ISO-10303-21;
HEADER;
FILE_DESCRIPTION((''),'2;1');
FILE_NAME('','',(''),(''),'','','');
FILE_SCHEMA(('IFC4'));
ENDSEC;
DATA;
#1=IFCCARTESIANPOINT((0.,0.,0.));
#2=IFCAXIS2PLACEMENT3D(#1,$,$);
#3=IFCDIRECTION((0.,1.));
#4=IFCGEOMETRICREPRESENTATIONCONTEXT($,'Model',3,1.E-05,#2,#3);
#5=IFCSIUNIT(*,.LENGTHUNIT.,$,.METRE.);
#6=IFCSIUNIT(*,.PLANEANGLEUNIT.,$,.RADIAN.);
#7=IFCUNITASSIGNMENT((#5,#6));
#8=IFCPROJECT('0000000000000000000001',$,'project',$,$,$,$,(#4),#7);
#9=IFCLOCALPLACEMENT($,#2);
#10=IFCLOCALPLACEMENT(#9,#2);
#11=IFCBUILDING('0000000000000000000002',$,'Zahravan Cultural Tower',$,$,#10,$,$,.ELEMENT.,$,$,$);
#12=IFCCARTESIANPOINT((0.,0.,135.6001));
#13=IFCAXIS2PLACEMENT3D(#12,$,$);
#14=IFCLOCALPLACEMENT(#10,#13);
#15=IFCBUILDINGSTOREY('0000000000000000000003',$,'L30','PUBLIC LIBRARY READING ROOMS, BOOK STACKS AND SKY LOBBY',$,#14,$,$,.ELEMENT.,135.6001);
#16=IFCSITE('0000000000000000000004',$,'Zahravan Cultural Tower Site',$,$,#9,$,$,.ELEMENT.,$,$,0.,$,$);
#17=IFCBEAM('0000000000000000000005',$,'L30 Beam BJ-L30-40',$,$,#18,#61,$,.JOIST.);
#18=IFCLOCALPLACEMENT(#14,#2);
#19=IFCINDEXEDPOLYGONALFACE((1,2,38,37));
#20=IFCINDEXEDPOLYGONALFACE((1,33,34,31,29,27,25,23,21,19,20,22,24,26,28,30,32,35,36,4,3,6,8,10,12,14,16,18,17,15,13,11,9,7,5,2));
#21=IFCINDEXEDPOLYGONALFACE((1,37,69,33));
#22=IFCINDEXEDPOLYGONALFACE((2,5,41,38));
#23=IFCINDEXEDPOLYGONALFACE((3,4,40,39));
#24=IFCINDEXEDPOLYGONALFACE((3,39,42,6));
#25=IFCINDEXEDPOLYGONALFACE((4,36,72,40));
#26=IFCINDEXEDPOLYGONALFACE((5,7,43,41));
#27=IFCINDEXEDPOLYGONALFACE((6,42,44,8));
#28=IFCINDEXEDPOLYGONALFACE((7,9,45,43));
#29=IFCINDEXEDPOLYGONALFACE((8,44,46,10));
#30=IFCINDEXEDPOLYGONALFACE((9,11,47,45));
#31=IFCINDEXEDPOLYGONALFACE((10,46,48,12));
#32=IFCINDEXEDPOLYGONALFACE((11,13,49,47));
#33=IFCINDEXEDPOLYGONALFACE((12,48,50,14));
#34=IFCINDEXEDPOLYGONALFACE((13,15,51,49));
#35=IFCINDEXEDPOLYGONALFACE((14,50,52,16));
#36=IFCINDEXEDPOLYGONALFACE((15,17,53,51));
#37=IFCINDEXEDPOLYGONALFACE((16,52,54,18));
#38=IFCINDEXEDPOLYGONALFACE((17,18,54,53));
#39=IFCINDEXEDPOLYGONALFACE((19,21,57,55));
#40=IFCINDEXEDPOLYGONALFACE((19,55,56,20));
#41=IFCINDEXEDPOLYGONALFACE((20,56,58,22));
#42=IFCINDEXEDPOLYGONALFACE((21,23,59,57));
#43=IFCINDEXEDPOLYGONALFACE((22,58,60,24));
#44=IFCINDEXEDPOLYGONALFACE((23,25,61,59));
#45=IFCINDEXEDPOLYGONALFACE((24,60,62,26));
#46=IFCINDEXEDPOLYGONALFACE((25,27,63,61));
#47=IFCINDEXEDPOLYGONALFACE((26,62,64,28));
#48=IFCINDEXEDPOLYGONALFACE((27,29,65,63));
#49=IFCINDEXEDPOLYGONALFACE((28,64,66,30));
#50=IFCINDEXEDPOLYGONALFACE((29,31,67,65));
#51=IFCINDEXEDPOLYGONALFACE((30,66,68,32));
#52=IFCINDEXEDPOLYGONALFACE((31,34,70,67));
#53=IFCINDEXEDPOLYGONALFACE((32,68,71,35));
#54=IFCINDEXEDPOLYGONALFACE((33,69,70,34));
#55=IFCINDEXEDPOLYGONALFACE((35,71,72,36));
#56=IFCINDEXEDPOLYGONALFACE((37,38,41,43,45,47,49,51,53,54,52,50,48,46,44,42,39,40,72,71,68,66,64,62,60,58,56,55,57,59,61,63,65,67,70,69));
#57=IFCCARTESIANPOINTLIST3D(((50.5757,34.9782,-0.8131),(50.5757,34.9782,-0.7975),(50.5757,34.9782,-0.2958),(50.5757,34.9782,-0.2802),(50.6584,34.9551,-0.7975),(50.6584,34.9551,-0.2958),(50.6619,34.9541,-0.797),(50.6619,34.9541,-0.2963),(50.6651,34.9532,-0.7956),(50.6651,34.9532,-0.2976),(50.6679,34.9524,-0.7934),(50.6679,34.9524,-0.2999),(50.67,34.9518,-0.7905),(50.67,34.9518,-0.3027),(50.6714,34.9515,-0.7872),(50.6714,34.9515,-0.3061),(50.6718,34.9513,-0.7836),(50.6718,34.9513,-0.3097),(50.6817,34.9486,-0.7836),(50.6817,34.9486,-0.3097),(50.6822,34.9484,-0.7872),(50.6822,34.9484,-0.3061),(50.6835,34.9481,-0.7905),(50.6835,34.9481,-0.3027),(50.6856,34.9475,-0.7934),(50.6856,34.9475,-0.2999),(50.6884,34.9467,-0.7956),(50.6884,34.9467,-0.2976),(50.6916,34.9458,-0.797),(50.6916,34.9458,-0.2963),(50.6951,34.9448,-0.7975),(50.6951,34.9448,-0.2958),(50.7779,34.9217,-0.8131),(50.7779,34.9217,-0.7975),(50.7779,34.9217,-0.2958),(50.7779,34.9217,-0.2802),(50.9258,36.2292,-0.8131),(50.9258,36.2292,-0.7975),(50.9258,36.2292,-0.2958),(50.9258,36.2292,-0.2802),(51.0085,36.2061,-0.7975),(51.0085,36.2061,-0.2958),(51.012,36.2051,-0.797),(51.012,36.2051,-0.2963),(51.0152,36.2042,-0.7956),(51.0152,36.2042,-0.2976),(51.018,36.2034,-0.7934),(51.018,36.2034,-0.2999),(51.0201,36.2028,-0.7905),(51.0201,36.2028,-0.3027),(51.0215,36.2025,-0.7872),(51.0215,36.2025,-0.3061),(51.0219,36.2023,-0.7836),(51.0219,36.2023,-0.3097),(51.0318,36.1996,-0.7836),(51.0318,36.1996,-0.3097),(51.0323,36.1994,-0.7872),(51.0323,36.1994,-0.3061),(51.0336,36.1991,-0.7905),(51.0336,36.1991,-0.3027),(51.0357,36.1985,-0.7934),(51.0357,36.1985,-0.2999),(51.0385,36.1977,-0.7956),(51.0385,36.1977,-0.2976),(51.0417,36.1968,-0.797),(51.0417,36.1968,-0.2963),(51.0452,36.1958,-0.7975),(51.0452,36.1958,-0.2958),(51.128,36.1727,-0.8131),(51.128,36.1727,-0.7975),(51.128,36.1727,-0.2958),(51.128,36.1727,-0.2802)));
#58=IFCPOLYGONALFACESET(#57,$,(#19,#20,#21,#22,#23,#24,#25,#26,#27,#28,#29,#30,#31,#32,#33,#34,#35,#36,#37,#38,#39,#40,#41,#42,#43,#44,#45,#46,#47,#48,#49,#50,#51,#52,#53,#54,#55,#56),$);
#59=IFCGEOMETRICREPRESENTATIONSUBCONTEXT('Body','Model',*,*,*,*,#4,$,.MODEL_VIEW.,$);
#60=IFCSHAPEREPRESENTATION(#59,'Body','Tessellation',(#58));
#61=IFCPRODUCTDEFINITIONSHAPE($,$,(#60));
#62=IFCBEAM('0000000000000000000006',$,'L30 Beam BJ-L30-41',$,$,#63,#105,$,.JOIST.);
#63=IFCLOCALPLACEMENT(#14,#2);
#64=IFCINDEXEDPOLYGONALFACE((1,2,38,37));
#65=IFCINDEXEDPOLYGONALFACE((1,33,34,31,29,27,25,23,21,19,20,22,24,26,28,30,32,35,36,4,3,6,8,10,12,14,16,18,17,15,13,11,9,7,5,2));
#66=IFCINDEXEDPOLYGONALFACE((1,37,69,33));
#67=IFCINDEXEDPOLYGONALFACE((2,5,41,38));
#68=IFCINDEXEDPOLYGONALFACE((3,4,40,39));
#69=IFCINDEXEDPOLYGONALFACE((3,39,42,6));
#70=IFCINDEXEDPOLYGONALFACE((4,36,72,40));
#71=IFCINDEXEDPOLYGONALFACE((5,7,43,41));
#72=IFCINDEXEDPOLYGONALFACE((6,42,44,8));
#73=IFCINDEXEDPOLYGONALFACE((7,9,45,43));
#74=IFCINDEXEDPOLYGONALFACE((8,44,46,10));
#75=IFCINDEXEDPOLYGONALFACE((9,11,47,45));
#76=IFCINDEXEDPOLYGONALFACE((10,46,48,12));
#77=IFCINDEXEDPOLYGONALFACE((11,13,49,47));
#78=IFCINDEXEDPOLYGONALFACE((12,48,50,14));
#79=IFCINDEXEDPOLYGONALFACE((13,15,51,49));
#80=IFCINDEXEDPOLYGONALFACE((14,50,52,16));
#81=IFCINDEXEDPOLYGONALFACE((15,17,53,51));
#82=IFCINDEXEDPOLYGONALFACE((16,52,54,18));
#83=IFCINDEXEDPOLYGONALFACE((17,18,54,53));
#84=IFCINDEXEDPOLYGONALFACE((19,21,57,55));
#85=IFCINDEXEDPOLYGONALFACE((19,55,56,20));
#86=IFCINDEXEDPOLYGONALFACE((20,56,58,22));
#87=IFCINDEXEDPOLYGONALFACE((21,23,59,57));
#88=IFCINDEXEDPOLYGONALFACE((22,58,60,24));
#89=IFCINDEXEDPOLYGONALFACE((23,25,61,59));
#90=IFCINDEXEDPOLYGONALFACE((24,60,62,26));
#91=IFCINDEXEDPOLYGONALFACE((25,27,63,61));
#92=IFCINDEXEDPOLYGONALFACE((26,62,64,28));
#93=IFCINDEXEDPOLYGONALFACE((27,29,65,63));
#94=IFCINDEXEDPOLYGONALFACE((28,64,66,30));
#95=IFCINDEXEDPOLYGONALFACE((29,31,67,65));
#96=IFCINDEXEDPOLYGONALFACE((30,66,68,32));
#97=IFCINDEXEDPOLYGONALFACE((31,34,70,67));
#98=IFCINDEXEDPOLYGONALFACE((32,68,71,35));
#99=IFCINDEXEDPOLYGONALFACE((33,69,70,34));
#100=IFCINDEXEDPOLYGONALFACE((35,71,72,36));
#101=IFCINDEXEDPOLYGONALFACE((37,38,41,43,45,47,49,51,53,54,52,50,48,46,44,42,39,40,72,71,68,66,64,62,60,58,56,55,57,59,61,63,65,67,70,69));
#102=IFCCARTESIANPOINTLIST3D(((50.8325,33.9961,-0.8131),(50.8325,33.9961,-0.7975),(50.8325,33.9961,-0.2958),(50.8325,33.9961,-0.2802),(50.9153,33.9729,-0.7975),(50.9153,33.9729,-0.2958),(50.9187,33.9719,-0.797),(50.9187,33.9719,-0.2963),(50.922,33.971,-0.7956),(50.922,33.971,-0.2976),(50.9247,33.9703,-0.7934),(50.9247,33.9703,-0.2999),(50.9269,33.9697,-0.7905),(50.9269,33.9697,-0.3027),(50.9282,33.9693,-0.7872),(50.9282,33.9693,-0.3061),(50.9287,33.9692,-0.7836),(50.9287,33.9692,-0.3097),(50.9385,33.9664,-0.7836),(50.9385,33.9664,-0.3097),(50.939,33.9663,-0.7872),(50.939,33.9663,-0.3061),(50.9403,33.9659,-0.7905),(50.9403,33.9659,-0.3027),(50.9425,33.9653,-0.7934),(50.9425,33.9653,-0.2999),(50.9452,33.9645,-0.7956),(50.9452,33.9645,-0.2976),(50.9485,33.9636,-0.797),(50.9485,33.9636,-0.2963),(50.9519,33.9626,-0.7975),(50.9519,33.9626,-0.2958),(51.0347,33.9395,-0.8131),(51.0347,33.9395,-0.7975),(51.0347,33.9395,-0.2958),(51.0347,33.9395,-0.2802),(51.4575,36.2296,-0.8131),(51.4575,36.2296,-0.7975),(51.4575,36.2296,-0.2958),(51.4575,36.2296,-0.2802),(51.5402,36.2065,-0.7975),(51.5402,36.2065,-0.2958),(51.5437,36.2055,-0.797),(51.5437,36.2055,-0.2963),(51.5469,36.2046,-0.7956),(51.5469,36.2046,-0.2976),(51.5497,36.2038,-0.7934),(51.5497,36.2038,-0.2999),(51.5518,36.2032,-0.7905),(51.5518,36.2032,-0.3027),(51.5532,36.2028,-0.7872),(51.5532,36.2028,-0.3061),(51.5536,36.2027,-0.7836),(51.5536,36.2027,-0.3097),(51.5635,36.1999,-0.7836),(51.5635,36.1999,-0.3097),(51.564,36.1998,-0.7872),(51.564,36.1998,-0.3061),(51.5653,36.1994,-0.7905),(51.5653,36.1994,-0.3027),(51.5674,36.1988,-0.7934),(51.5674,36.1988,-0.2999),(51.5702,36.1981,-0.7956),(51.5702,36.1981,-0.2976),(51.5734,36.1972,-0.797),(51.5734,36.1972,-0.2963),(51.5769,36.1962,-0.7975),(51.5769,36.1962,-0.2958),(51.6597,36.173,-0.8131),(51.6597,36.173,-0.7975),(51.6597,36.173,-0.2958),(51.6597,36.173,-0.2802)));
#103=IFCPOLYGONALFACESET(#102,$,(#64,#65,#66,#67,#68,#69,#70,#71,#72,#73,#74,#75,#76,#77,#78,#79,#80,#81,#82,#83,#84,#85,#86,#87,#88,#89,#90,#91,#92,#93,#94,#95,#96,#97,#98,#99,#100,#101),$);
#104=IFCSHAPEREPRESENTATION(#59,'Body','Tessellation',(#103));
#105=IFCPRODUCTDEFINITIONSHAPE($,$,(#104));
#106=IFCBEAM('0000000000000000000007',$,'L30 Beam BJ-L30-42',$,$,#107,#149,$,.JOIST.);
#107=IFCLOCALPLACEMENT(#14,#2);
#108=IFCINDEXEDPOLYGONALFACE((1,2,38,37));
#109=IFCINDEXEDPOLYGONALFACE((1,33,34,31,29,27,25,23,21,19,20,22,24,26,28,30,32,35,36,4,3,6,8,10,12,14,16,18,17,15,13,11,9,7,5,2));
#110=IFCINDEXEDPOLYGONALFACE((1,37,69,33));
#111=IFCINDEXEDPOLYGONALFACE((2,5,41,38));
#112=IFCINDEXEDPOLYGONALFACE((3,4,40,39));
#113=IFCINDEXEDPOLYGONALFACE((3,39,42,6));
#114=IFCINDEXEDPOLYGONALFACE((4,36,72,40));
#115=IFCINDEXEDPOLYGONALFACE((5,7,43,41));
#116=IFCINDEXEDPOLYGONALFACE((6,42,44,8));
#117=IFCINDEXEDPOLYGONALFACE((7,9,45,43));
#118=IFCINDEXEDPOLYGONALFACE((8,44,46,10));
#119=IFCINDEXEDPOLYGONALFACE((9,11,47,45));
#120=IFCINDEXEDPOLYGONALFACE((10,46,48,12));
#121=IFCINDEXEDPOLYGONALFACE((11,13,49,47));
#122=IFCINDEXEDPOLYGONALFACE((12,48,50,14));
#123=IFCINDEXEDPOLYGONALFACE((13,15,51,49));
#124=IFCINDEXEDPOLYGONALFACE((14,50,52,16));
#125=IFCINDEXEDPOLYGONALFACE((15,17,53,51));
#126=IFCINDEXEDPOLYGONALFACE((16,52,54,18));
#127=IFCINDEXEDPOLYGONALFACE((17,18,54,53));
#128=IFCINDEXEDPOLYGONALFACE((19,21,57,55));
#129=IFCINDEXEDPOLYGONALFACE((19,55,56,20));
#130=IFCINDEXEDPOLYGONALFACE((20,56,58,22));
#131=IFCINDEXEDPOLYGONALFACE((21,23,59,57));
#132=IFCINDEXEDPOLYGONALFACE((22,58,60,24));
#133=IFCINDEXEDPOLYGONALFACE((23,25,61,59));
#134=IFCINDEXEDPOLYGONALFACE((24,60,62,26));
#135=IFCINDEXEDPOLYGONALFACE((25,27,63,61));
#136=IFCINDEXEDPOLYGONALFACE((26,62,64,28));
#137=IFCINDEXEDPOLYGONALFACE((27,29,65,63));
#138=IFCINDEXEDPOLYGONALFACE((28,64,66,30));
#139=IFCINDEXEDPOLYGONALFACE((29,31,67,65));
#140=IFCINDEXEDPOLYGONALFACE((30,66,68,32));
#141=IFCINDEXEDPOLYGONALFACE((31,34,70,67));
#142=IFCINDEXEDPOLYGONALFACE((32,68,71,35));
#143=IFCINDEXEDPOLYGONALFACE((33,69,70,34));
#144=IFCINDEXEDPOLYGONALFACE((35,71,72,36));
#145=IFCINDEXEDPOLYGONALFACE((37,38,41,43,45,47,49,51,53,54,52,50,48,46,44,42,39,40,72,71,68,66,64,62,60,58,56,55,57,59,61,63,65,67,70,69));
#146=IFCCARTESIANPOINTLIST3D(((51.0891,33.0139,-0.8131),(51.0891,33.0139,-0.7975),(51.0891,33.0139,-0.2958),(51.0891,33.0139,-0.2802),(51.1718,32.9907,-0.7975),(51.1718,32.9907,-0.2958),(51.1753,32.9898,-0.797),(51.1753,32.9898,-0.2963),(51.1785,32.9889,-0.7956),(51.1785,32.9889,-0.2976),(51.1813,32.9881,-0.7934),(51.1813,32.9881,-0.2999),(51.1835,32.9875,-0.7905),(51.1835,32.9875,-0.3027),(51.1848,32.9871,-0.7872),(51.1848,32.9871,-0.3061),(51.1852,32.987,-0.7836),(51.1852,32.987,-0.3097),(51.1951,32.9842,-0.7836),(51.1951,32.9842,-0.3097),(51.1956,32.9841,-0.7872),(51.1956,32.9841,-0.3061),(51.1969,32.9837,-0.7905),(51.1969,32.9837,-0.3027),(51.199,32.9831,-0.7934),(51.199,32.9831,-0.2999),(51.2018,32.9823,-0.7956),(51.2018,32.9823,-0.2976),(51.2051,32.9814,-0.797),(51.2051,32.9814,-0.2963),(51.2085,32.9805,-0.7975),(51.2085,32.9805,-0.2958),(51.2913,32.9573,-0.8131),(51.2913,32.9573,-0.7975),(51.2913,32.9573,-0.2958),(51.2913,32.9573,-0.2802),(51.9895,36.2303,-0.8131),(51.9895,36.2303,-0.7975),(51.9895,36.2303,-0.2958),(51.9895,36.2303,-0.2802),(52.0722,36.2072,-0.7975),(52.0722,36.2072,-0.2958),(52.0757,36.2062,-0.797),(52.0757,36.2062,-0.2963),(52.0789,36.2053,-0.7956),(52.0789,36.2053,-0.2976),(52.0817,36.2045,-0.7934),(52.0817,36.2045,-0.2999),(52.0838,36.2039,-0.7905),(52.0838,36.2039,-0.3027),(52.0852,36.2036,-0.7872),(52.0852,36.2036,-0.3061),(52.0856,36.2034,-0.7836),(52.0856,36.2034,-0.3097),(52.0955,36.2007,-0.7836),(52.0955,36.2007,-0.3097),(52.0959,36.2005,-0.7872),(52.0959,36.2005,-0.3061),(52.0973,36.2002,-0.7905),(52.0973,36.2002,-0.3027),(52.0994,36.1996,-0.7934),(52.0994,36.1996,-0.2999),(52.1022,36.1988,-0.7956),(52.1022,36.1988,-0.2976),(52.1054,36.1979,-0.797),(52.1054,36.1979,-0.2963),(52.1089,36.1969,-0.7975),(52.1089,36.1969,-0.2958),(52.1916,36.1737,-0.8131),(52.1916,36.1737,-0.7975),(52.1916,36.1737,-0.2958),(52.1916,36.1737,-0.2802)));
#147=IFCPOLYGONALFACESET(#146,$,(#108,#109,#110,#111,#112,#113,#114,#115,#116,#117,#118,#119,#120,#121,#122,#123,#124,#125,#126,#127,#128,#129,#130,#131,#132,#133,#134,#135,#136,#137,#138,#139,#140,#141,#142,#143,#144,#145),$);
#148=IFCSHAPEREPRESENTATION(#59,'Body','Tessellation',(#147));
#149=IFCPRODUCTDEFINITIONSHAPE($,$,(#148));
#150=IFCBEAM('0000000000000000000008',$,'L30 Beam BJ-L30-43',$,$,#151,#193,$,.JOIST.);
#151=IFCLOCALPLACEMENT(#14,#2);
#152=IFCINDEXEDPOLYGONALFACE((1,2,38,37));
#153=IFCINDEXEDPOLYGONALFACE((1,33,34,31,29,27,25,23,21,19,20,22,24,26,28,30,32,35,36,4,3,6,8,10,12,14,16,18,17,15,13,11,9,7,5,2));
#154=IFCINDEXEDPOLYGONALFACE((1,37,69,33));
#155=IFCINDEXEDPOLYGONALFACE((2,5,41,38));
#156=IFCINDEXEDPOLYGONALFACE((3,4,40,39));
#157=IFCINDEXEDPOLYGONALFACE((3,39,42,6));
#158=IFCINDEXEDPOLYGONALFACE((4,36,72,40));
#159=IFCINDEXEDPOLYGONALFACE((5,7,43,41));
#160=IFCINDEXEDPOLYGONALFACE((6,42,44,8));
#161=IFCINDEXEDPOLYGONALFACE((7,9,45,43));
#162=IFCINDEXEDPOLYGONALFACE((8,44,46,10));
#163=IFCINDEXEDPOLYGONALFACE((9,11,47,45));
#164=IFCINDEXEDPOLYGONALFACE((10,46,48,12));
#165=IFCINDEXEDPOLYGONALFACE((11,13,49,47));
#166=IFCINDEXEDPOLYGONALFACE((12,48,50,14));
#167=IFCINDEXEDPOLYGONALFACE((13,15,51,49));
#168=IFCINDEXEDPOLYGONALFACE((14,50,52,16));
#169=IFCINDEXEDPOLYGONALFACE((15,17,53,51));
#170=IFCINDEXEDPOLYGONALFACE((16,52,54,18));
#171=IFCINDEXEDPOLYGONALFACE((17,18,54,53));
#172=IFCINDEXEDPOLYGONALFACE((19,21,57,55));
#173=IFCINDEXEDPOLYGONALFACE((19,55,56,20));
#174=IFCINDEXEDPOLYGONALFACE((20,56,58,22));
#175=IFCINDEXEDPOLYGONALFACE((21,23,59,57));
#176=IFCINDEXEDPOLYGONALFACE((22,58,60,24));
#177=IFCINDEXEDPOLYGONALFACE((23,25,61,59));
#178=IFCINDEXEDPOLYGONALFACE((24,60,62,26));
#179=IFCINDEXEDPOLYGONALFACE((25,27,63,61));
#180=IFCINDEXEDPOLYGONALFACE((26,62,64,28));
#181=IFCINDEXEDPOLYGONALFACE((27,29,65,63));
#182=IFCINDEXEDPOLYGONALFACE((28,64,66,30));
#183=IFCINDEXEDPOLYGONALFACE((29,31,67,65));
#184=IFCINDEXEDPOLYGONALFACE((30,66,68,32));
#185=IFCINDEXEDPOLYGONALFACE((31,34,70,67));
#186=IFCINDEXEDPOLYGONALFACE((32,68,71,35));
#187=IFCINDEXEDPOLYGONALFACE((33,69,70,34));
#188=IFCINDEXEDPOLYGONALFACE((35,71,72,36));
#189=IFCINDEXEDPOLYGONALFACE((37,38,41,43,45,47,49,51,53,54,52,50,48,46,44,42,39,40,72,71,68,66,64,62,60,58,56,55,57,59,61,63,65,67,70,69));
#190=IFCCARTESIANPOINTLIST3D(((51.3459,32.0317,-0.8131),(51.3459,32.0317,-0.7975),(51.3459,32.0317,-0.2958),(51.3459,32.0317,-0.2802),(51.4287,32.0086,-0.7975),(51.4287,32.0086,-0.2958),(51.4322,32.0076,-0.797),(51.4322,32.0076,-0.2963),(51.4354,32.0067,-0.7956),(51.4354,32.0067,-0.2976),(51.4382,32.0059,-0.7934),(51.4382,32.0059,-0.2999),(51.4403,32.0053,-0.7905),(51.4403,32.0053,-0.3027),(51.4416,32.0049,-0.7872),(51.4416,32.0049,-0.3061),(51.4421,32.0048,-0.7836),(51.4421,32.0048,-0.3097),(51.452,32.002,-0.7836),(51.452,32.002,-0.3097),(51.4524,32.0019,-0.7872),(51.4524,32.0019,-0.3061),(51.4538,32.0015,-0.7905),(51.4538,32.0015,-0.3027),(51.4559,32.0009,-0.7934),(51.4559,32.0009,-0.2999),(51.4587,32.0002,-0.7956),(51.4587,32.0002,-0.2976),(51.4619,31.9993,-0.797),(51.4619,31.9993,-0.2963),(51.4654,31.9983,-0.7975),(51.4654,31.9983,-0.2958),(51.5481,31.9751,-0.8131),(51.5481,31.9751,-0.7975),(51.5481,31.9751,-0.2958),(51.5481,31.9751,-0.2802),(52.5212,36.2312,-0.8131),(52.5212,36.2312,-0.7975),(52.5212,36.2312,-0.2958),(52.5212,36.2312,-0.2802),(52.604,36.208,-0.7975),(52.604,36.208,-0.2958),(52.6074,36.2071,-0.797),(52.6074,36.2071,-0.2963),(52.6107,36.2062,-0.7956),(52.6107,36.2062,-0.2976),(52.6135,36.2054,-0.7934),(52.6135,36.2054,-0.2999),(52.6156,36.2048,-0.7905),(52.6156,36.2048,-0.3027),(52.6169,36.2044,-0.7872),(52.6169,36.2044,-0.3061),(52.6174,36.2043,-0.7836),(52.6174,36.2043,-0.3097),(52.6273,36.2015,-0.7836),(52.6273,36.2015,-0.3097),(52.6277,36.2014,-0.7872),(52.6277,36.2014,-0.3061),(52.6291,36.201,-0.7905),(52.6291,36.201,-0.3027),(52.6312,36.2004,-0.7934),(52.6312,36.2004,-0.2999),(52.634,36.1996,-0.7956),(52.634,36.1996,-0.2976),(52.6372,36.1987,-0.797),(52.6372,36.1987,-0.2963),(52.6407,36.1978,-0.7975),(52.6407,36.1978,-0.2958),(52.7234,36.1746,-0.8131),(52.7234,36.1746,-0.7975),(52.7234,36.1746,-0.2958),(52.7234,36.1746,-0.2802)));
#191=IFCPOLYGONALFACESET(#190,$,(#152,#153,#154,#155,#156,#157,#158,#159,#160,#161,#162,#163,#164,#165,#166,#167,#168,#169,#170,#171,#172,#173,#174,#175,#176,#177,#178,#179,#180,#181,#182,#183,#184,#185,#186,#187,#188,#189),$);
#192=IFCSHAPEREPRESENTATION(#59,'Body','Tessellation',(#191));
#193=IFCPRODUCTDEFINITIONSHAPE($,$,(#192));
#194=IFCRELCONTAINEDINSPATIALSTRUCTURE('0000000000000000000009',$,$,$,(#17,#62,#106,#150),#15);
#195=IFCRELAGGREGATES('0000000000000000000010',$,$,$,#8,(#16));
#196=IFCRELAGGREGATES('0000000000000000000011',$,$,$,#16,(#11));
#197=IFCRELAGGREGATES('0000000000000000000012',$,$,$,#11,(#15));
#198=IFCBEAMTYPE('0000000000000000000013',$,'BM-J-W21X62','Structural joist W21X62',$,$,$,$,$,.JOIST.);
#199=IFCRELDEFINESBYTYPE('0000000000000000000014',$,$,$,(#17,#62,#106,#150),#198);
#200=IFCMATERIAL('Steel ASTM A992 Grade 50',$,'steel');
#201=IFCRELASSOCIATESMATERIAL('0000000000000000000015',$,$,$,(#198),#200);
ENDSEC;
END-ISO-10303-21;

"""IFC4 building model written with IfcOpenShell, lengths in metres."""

from ifc_helpers import new_model, si_unit, direction, frame, origin, origin_2d, place, context, subcontext, project, spatial, i_section, extrude, source, transform, mapped, material, material_profile, profile_set, type_object, element, save


model = new_model("IFC4")

# Units and contexts
model_context = context("Model", 3, precision=1e-05, world=origin(), true_north=direction((0.0, 1.0)))
body_context = subcontext(model_context, "Body", "Model", "MODEL_VIEW")
ifc_project = project(units=[si_unit("LENGTHUNIT", "METRE"), si_unit("PLANEANGLEUNIT", "RADIAN")], contexts=[model_context])

# Site, building, storey
site_placement = place(None, origin())
site = spatial("IfcSite", under=ifc_project, at=site_placement, Name="Zahravan Cultural Tower Site", CompositionType="ELEMENT", RefElevation=0.0)
building_placement = place(site_placement, origin())
building = spatial("IfcBuilding", under=site, at=building_placement, Name="Zahravan Cultural Tower", CompositionType="ELEMENT")
storey_placement = place(building_placement, frame((0.0, 0.0, 135.6001)))
storey = spatial("IfcBuildingStorey", under=building, at=storey_placement, Name="L30", Description="PUBLIC LIBRARY READING ROOMS, BOOK STACKS AND SKY LOBBY", CompositionType="ELEMENT", Elevation=135.6001)

# Shared definitions
ifc_material_1 = material(Name="Steel ASTM A992 Grade 50", Category="steel")

# Beams
ifc_material_profile_1 = material_profile(ifc_material_1, i_section(OverallWidth=0.21, OverallDepth=0.533, WebThickness=0.0103, FlangeThickness=0.0156, FilletRadius=0.0139, at=origin_2d()), Name="W21X62")
ifc_profile_set_1 = profile_set([ifc_material_profile_1], Name="Steel ASTM A992 Grade 50")
beam_type_1 = type_object("IfcBeamType", Name="BM-J-W21X62", Description="Structural joist W21X62", PredefinedType="JOIST", material=ifc_profile_set_1)
shared_shape_1 = source(origin(), body_context, "Body", "SweptSolid", [
    extrude(i_section(OverallWidth=0.21, OverallDepth=0.533, WebThickness=0.0103, FlangeThickness=0.0156, FilletRadius=0.0139, at=origin_2d()), origin(), (0.0, 0.0, 1.0), 1.2991),
])
beam_1_placement = place(storey_placement, frame((50.6768, 34.95, -0.5466), z_axis=(0.269504, 0.962999, 0.0), x_axis=(-0.962999, 0.269504, 0.0)))
element("IfcBeam", 1, at=beam_1_placement, inside=storey, type_object=beam_type_1, Name="L30 Beam BJ-L30-40", PredefinedType="JOIST", context=body_context, shape_type="MappedRepresentation", body=[
    mapped(shared_shape_1, transform((0.0, 0.0, 0.0), x_axis=(1.0, 0.0, 0.0), y_axis=(0.0, 1.0, 0.0), z_axis=(0.0, 0.0, 1.0), scale=1.0)),
])
shared_shape_2 = source(origin(), body_context, "Body", "SweptSolid", [
    extrude(i_section(OverallWidth=0.21, OverallDepth=0.533, WebThickness=0.0103, FlangeThickness=0.0156, FilletRadius=0.0139, at=origin_2d()), origin(), (0.0, 0.0, 1.0), 2.3193),
])
beam_2_placement = place(storey_placement, frame((50.9336, 33.9678, -0.5466), z_axis=(0.269462, 0.963011, 0.0), x_axis=(-0.963011, 0.269462, 0.0)))
element("IfcBeam", 2, at=beam_2_placement, inside=storey, type_object=beam_type_1, Name="L30 Beam BJ-L30-41", PredefinedType="JOIST", context=body_context, shape_type="MappedRepresentation", body=[
    mapped(shared_shape_2, transform((0.0, 0.0, 0.0), x_axis=(1.0, 0.0, 0.0), y_axis=(0.0, 1.0, 0.0), z_axis=(0.0, 0.0, 1.0), scale=1.0)),
])
shared_shape_3 = source(origin(), body_context, "Body", "SweptSolid", [
    extrude(i_section(OverallWidth=0.21, OverallDepth=0.533, WebThickness=0.0103, FlangeThickness=0.0156, FilletRadius=0.0139, at=origin_2d()), origin(), (0.0, 0.0, 1.0), 3.3401),
])
beam_3_placement = place(storey_placement, frame((51.1902, 32.9856, -0.5466), z_axis=(0.269562, 0.962983, 0.0), x_axis=(-0.962983, 0.269562, 0.0)))
element("IfcBeam", 3, at=beam_3_placement, inside=storey, type_object=beam_type_1, Name="L30 Beam BJ-L30-42", PredefinedType="JOIST", context=body_context, shape_type="MappedRepresentation", body=[
    mapped(shared_shape_3, transform((0.0, 0.0, 0.0), x_axis=(1.0, 0.0, 0.0), y_axis=(0.0, 1.0, 0.0), z_axis=(0.0, 0.0, 1.0), scale=1.0)),
])
shared_shape_4 = source(origin(), body_context, "Body", "SweptSolid", [
    extrude(i_section(OverallWidth=0.21, OverallDepth=0.533, WebThickness=0.0103, FlangeThickness=0.0156, FilletRadius=0.0139, at=origin_2d()), origin(), (0.0, 0.0, 1.0), 4.3608),
])
beam_4_placement = place(storey_placement, frame((51.447, 32.0034, -0.5466), z_axis=(0.269512, 0.962997, 0.0), x_axis=(-0.962997, 0.269512, 0.0)))
element("IfcBeam", 4, at=beam_4_placement, inside=storey, type_object=beam_type_1, Name="L30 Beam BJ-L30-43", PredefinedType="JOIST", context=body_context, shape_type="MappedRepresentation", body=[
    mapped(shared_shape_4, transform((0.0, 0.0, 0.0), x_axis=(1.0, 0.0, 0.0), y_axis=(0.0, 1.0, 0.0), z_axis=(0.0, 0.0, 1.0), scale=1.0)),
])

save(model, "model.ifc")
